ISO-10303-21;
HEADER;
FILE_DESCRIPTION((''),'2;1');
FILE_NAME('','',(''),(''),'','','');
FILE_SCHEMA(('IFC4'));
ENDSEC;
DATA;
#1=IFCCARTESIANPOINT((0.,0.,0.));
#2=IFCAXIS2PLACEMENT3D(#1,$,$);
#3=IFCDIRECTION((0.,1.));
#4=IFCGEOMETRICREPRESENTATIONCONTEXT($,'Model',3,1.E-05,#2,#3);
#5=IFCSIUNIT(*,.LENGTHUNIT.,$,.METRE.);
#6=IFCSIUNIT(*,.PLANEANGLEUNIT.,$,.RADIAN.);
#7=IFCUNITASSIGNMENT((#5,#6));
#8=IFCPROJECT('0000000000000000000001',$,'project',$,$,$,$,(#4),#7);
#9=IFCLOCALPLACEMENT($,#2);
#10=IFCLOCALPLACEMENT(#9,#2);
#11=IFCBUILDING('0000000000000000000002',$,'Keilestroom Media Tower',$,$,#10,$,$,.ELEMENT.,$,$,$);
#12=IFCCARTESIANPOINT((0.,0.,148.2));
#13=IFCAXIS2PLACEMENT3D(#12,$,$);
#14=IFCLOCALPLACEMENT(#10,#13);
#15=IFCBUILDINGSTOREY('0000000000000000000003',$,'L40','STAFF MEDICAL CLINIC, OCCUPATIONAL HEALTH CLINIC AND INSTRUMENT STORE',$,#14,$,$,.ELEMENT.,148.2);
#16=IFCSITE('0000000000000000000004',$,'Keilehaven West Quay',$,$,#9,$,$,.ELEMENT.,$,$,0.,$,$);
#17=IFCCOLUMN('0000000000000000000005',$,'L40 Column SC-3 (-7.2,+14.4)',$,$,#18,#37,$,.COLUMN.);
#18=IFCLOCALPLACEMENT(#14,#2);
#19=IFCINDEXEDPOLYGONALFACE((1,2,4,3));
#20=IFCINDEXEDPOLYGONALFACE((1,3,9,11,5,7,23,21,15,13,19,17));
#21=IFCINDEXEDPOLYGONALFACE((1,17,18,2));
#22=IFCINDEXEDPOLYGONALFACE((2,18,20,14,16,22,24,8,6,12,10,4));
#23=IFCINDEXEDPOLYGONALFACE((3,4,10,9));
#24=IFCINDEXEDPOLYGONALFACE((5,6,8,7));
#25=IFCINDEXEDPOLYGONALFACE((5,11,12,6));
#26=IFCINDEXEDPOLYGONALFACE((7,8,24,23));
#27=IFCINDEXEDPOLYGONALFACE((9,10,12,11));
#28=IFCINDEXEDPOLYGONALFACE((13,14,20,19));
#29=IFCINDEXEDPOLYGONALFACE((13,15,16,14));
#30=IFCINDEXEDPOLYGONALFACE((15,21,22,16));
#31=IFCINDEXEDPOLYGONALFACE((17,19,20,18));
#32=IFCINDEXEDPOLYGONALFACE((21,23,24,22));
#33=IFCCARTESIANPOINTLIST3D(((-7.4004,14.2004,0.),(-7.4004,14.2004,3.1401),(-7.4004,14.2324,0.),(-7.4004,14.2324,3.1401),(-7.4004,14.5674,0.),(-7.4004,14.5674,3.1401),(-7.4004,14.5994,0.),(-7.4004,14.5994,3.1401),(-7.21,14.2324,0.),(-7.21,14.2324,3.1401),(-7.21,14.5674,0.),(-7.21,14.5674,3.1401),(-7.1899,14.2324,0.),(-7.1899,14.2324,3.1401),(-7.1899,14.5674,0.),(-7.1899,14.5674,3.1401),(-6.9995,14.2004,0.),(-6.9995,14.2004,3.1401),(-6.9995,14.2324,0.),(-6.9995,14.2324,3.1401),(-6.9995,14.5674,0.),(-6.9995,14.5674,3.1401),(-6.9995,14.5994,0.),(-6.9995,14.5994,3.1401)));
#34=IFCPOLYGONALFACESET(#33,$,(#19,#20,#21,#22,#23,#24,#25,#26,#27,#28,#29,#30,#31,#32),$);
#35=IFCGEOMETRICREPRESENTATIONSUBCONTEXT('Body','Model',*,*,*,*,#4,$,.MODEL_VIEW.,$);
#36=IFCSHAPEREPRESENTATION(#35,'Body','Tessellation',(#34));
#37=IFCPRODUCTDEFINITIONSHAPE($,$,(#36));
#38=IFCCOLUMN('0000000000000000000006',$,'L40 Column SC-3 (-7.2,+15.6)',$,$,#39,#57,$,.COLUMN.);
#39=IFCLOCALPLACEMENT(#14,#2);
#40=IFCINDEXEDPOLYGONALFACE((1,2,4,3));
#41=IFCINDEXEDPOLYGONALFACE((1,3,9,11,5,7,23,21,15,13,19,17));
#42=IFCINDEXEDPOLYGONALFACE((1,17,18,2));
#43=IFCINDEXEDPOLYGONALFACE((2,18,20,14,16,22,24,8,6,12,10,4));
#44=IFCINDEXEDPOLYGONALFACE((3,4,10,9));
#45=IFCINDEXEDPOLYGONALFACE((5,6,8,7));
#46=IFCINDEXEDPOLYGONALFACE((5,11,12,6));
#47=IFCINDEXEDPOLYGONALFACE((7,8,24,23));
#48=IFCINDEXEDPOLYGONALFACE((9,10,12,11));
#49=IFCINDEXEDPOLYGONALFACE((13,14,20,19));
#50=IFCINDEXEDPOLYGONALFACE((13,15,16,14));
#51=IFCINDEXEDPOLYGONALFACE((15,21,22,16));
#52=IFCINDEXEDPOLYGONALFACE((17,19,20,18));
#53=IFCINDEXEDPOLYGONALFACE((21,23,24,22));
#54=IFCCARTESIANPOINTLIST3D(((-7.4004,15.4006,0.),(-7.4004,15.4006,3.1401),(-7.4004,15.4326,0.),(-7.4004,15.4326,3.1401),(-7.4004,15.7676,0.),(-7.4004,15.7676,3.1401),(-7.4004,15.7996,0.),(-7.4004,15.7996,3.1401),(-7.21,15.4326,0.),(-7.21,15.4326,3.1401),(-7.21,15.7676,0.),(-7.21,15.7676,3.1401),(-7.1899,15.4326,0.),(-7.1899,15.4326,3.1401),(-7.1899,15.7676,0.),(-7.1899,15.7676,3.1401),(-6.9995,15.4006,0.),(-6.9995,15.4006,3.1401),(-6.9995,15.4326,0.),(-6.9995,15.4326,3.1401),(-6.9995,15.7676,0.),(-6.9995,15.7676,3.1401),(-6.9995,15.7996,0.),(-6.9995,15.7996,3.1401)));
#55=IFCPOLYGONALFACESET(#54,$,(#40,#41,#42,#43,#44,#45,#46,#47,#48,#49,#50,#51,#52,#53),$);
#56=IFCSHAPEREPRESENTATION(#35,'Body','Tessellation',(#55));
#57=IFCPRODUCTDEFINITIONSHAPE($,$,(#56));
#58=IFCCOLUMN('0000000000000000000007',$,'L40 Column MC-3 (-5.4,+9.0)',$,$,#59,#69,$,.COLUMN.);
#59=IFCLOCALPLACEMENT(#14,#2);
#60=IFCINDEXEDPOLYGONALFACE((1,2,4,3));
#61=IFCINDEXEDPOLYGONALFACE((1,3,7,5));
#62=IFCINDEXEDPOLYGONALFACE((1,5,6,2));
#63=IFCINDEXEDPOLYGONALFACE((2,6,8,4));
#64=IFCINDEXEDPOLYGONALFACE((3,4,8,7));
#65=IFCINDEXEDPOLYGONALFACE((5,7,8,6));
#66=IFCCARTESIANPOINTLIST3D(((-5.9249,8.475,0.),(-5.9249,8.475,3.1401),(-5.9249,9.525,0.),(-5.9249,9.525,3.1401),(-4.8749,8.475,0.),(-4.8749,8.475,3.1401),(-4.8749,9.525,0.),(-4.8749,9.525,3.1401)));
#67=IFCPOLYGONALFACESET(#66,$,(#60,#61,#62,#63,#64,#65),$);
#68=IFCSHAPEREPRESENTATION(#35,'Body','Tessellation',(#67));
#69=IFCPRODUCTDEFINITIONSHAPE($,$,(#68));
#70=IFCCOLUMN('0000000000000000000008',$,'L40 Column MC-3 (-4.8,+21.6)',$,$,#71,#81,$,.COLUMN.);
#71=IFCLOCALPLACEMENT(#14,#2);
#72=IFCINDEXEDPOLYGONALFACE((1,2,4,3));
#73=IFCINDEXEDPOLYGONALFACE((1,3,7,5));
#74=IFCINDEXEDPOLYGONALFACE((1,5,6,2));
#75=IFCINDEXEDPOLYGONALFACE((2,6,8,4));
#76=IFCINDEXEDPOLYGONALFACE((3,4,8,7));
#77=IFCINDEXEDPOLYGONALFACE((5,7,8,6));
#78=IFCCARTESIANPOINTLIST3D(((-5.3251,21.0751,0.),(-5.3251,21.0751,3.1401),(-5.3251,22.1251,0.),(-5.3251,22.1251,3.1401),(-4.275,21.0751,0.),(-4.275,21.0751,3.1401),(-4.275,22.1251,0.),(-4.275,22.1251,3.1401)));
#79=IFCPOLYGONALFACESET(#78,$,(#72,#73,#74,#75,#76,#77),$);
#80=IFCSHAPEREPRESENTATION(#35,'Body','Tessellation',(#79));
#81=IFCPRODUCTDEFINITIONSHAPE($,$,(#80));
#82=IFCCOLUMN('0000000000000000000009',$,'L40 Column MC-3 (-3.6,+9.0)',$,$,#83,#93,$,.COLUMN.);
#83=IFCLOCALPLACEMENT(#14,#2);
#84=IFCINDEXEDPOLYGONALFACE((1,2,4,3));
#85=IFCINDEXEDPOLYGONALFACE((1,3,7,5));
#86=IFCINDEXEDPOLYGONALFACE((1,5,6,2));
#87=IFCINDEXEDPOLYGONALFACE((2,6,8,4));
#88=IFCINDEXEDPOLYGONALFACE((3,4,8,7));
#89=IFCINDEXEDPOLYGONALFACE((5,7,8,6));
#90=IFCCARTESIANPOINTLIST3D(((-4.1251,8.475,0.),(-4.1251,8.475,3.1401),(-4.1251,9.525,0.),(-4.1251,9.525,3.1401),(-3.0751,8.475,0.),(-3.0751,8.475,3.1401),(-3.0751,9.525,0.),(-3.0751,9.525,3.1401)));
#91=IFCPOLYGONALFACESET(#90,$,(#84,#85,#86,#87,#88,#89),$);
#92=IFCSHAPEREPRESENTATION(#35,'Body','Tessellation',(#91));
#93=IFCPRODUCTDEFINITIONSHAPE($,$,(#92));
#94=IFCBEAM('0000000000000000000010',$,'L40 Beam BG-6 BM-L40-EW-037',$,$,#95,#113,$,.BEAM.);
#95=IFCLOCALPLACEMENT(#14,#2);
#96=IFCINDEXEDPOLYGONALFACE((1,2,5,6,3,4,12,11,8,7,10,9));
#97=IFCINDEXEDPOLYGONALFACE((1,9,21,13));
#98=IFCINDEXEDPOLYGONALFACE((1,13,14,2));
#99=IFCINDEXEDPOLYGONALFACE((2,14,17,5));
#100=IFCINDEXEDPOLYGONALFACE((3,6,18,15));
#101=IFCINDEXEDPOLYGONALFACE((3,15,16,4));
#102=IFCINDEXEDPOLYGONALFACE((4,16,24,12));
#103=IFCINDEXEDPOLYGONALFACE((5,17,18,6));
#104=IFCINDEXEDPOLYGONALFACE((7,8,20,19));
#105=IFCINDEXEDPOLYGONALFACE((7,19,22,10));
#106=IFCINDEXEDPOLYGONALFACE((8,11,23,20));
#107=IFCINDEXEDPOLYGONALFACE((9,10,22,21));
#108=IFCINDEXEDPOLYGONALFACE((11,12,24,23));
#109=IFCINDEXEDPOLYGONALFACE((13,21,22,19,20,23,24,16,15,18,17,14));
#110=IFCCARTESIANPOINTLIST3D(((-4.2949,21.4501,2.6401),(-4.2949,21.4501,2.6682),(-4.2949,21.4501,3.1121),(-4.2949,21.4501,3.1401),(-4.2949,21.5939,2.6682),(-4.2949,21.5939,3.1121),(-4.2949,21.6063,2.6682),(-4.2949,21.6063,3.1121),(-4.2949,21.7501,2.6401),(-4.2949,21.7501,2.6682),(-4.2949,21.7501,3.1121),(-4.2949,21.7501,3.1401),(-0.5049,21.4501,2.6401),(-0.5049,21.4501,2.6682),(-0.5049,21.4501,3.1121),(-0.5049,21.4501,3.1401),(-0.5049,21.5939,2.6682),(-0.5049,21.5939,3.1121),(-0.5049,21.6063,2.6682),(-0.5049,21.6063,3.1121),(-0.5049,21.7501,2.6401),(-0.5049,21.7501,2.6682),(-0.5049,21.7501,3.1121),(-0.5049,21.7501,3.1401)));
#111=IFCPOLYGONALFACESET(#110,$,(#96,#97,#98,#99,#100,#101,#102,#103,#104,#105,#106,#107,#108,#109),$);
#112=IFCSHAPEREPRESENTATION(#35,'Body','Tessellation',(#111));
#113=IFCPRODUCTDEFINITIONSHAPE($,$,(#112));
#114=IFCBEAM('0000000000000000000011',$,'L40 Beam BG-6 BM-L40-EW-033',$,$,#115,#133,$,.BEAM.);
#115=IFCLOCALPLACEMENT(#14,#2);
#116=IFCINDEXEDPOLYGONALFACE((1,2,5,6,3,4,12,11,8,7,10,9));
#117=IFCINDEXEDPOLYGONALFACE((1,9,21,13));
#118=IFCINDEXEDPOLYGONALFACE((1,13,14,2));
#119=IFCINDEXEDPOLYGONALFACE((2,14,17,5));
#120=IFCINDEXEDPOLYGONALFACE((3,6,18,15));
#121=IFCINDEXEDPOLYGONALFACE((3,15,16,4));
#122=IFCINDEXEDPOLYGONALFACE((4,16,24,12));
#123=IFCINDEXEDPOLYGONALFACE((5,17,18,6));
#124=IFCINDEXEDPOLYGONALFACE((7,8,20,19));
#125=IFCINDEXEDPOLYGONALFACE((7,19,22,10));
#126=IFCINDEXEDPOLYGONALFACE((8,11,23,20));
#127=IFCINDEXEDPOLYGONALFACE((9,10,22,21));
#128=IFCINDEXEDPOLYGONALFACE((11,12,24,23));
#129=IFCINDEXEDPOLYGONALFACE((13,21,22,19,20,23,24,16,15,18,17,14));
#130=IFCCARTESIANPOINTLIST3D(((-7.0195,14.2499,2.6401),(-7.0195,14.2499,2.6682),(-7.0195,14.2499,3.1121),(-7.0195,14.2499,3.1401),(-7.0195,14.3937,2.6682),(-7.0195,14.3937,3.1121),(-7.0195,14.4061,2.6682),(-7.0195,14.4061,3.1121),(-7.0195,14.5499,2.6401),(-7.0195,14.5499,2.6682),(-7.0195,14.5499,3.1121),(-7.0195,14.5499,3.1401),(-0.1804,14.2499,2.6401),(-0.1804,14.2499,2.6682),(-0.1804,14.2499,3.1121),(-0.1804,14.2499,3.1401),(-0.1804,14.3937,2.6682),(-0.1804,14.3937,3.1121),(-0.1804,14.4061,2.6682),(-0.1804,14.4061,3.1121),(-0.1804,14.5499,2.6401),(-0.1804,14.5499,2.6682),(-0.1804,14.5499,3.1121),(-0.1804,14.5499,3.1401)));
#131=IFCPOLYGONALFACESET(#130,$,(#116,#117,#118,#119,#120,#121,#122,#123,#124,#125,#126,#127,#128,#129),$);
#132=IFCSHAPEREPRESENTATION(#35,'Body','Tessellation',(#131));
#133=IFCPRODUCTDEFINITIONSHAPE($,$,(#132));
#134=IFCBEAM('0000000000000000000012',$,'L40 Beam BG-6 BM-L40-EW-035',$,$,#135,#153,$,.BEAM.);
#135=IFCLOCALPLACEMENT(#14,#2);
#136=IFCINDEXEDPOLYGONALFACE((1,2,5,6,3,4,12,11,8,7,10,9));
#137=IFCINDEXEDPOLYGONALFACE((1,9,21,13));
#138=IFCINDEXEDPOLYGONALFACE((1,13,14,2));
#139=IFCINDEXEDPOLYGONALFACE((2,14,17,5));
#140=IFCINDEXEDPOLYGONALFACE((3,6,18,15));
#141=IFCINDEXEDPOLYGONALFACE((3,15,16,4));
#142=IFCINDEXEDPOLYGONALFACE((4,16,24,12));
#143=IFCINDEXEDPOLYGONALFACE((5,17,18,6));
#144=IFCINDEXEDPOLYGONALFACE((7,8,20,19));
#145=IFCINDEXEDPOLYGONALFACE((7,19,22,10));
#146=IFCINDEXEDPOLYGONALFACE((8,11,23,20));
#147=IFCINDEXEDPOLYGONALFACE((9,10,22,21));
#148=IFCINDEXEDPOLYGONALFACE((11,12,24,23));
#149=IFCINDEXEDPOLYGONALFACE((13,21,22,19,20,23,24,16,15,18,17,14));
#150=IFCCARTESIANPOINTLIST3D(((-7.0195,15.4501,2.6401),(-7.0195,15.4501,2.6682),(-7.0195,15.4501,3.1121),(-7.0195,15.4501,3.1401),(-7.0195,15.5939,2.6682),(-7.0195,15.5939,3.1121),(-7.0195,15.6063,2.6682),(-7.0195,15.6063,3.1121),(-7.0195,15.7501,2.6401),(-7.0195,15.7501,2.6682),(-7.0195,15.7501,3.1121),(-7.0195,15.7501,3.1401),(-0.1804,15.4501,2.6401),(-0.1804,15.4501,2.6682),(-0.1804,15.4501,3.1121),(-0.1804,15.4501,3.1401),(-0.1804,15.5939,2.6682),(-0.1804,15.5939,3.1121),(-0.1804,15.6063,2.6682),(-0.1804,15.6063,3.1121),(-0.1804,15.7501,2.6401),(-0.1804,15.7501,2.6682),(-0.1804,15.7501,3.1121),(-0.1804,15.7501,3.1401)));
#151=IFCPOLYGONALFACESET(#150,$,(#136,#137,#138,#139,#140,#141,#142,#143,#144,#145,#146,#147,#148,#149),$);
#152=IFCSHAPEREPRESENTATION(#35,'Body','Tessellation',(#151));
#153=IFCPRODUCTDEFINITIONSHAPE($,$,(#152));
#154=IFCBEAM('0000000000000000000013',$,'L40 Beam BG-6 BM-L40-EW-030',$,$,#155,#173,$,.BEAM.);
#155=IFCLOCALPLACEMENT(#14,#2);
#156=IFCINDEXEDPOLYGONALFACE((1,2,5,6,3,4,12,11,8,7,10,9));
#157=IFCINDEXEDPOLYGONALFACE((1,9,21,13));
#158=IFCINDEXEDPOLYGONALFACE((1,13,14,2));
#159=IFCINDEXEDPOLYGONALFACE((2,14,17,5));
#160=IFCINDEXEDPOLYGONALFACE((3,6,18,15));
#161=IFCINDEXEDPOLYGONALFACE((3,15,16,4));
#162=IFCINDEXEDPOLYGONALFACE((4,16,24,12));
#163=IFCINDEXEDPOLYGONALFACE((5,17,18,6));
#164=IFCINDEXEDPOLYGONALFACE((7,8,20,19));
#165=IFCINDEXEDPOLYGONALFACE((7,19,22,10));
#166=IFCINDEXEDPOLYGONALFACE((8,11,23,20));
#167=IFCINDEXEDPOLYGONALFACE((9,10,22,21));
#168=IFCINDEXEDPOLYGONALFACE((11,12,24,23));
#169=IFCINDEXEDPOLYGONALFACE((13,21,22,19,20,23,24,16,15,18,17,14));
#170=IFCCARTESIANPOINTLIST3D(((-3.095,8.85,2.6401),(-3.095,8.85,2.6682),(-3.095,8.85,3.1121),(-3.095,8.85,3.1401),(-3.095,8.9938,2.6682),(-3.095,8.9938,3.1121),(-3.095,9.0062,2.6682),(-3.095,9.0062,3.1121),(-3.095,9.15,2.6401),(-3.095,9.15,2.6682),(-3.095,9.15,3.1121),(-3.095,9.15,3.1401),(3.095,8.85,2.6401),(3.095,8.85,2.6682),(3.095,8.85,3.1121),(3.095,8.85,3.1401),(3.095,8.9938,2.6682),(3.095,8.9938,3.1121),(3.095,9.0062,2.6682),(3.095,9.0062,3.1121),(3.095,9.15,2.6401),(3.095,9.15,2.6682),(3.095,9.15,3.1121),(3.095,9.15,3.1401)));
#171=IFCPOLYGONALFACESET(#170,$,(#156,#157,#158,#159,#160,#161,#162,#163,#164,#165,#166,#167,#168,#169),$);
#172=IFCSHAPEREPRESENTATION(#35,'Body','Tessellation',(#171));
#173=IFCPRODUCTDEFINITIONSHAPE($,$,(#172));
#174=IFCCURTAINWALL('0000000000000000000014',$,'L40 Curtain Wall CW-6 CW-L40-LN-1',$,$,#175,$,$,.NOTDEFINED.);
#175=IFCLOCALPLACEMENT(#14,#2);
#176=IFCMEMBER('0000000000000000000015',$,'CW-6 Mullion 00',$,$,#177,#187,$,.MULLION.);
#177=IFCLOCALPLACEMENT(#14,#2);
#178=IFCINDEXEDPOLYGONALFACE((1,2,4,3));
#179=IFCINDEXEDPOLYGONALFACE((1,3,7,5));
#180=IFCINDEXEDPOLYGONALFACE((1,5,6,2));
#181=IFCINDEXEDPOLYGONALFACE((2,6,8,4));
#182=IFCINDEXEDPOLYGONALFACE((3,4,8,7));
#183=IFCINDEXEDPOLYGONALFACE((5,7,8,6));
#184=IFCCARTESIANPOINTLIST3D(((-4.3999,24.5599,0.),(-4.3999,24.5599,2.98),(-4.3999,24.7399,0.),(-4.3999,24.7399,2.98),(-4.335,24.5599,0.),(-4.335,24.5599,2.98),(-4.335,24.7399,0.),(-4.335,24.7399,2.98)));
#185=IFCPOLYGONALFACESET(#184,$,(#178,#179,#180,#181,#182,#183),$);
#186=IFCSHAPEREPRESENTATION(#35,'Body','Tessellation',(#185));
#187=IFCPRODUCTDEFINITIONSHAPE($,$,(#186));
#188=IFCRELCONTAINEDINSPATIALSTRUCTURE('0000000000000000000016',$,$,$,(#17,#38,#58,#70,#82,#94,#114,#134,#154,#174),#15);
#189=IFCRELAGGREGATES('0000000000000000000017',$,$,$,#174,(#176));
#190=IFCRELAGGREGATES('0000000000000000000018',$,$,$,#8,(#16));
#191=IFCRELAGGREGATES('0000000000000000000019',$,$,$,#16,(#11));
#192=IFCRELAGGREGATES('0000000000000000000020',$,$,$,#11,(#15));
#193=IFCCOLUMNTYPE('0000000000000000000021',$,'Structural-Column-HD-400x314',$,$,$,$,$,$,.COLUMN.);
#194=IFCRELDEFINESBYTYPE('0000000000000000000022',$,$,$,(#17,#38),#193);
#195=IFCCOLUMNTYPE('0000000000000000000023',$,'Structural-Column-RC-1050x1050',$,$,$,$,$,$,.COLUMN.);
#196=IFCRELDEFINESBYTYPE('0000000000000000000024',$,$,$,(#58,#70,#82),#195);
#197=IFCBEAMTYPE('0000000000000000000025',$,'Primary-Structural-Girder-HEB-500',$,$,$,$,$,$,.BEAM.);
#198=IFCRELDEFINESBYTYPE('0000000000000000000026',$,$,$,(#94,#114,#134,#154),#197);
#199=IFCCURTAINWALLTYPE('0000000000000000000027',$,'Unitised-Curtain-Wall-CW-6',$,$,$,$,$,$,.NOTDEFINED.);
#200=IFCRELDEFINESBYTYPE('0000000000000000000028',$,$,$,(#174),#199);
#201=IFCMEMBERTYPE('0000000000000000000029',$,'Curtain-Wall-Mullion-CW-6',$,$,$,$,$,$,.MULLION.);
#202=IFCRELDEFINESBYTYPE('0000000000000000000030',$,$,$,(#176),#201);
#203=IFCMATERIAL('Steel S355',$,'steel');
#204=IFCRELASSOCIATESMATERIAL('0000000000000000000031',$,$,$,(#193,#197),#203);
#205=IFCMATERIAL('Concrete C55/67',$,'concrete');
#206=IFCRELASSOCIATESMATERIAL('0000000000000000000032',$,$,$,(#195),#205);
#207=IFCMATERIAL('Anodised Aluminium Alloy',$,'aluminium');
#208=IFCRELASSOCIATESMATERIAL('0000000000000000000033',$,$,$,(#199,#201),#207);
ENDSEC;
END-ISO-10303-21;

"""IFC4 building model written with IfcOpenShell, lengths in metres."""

from ifc_helpers import new_model, si_unit, direction, frame, origin, origin_2d, place, context, subcontext, project, spatial, rectangle, i_section, extrude, source, transform, mapped, material, material_profile, profile_set, type_object, element, aggregate, save


model = new_model("IFC4")

# Units and contexts
model_context = context("Model", 3, precision=1e-05, world=origin(), true_north=direction((0.0, 1.0)))
body_context = subcontext(model_context, "Body", "Model", "MODEL_VIEW")
ifc_project = project(units=[si_unit("LENGTHUNIT", "METRE"), si_unit("PLANEANGLEUNIT", "RADIAN")], contexts=[model_context])

# Site, building, storey
site_placement = place(None, origin())
site = spatial("IfcSite", under=ifc_project, at=site_placement, Name="Keilehaven West Quay", CompositionType="ELEMENT", RefElevation=0.0)
building_placement = place(site_placement, origin())
building = spatial("IfcBuilding", under=site, at=building_placement, Name="Keilestroom Media Tower", CompositionType="ELEMENT")
storey_placement = place(building_placement, frame((0.0, 0.0, 148.2)))
storey = spatial("IfcBuildingStorey", under=building, at=storey_placement, Name="L40", Description="STAFF MEDICAL CLINIC, OCCUPATIONAL HEALTH CLINIC AND INSTRUMENT STORE", CompositionType="ELEMENT", Elevation=148.2)

# Columns
ifc_material_1 = material(Name="Steel S355", Category="steel")
ifc_material_profile_1 = material_profile(ifc_material_1, i_section(OverallWidth=0.4009, OverallDepth=0.3989, WebThickness=0.02, FlangeThickness=0.032, at=origin_2d()), Name="HD 400x314")
ifc_profile_set_1 = profile_set([ifc_material_profile_1], Name="Steel S355")
column_type_1 = type_object("IfcColumnType", Name="Structural-Column-HD-400x314", PredefinedType="COLUMN", material=ifc_profile_set_1)
shared_shape_1 = source(origin(), body_context, "Body", "SweptSolid", [
    extrude(i_section(OverallWidth=0.4009, OverallDepth=0.3989, WebThickness=0.02, FlangeThickness=0.032, at=origin_2d()), origin(), (0.0, 0.0, 1.0), 3.1401),
])
for number, where, z_axis, x_axis, name in (
    (1, (-7.2, 14.3999, 0.0), (0.0, 0.0, 1.0), (1.0, 0.0, 0.0), "L40 Column SC-3 (-7.2,+14.4)"),
    (2, (-7.2, 15.6001, 0.0), (0.0, 0.0, 1.0), (1.0, 0.0, 0.0), "L40 Column SC-3 (-7.2,+15.6)"),
):
    element("IfcColumn", number, at=place(storey_placement, frame(where, z_axis=z_axis, x_axis=x_axis)), inside=storey, type_object=column_type_1, Name=name, PredefinedType="COLUMN", context=body_context, shape_type="MappedRepresentation", body=[
        mapped(shared_shape_1, transform((0.0, 0.0, 0.0), x_axis=(1.0, 0.0, 0.0), y_axis=(0.0, 1.0, 0.0), z_axis=(0.0, 0.0, 1.0), scale=1.0)),
    ])
ifc_material_2 = material(Name="Concrete C55/67", Category="concrete")
ifc_material_profile_2 = material_profile(ifc_material_2, rectangle(XDim=1.05, YDim=1.05, at=origin_2d()), Name="RC 1050x1050")
ifc_profile_set_2 = profile_set([ifc_material_profile_2], Name="Concrete C55/67")
column_type_2 = type_object("IfcColumnType", Name="Structural-Column-RC-1050x1050", PredefinedType="COLUMN", material=ifc_profile_set_2)
shared_shape_2 = source(origin(), body_context, "Body", "SweptSolid", [
    extrude(rectangle(XDim=1.05, YDim=1.05, at=origin_2d()), origin(), (0.0, 0.0, 1.0), 3.1401),
])
for number, where, z_axis, x_axis, name in (
    (3, (-5.3999, 9.0, 0.0), (0.0, 0.0, 1.0), (1.0, 0.0, 0.0), "L40 Column MC-3 (-5.4,+9.0)"),
    (4, (-4.8, 21.6001, 0.0), (0.0, 0.0, 1.0), (1.0, 0.0, 0.0), "L40 Column MC-3 (-4.8,+21.6)"),
    (5, (-3.6001, 9.0, 0.0), (0.0, 0.0, 1.0), (1.0, 0.0, 0.0), "L40 Column MC-3 (-3.6,+9.0)"),
):
    element("IfcColumn", number, at=place(storey_placement, frame(where, z_axis=z_axis, x_axis=x_axis)), inside=storey, type_object=column_type_2, Name=name, PredefinedType="COLUMN", context=body_context, shape_type="MappedRepresentation", body=[
        mapped(shared_shape_2, transform((0.0, 0.0, 0.0), x_axis=(1.0, 0.0, 0.0), y_axis=(0.0, 1.0, 0.0), z_axis=(0.0, 0.0, 1.0), scale=1.0)),
    ])

# Beams
ifc_material_profile_3 = material_profile(ifc_material_1, i_section(OverallWidth=0.3, OverallDepth=0.5, WebThickness=0.0125, FlangeThickness=0.0281, at=origin_2d()), Name="HEB 500")
ifc_profile_set_3 = profile_set([ifc_material_profile_3], Name="Steel S355")
beam_type = type_object("IfcBeamType", Name="Primary-Structural-Girder-HEB-500", PredefinedType="BEAM", material=ifc_profile_set_3)
shared_shape_3 = source(origin(), body_context, "Body", "SweptSolid", [
    extrude(i_section(OverallWidth=0.3, OverallDepth=0.5, WebThickness=0.0125, FlangeThickness=0.0281, at=origin_2d()), origin(), (0.0, 0.0, 1.0), 3.79),
])
beam_1_placement = place(storey_placement, frame((-4.2949, 21.6001, 2.8901), z_axis=(1.0, 0.0, 0.0), x_axis=(0.0, 1.0, 0.0)))
element("IfcBeam", 6, at=beam_1_placement, inside=storey, type_object=beam_type, Name="L40 Beam BG-6 BM-L40-EW-037", PredefinedType="BEAM", context=body_context, shape_type="MappedRepresentation", body=[
    mapped(shared_shape_3, transform((0.0, 0.0, 0.0), x_axis=(1.0, 0.0, 0.0), y_axis=(0.0, 1.0, 0.0), z_axis=(0.0, 0.0, 1.0), scale=1.0)),
])
shared_shape_4 = source(origin(), body_context, "Body", "SweptSolid", [
    extrude(i_section(OverallWidth=0.3, OverallDepth=0.5, WebThickness=0.0125, FlangeThickness=0.0281, at=origin_2d()), origin(), (0.0, 0.0, 1.0), 6.8391),
])
for number, where, z_axis, x_axis, name in (
    (7, (-7.0195, 14.3999, 2.8901), (1.0, 0.0, 0.0), (0.0, 1.0, 0.0), "L40 Beam BG-6 BM-L40-EW-033"),
    (8, (-7.0195, 15.6001, 2.8901), (1.0, 0.0, 0.0), (0.0, 1.0, 0.0), "L40 Beam BG-6 BM-L40-EW-035"),
):
    element("IfcBeam", number, at=place(storey_placement, frame(where, z_axis=z_axis, x_axis=x_axis)), inside=storey, type_object=beam_type, Name=name, PredefinedType="BEAM", context=body_context, shape_type="MappedRepresentation", body=[
        mapped(shared_shape_4, transform((0.0, 0.0, 0.0), x_axis=(1.0, 0.0, 0.0), y_axis=(0.0, 1.0, 0.0), z_axis=(0.0, 0.0, 1.0), scale=1.0)),
    ])
shared_shape_5 = source(origin(), body_context, "Body", "SweptSolid", [
    extrude(i_section(OverallWidth=0.3, OverallDepth=0.5, WebThickness=0.0125, FlangeThickness=0.0281, at=origin_2d()), origin(), (0.0, 0.0, 1.0), 6.1899),
])
beam_2_placement = place(storey_placement, frame((-3.095, 9.0, 2.8901), z_axis=(1.0, 0.0, 0.0), x_axis=(0.0, 1.0, 0.0)))
element("IfcBeam", 9, at=beam_2_placement, inside=storey, type_object=beam_type, Name="L40 Beam BG-6 BM-L40-EW-030", PredefinedType="BEAM", context=body_context, shape_type="MappedRepresentation", body=[
    mapped(shared_shape_5, transform((0.0, 0.0, 0.0), x_axis=(1.0, 0.0, 0.0), y_axis=(0.0, 1.0, 0.0), z_axis=(0.0, 0.0, 1.0), scale=1.0)),
])

# Curtain wall, member
ifc_material_3 = material(Name="Anodised Aluminium Alloy", Category="aluminium")
curtain_wall_type = type_object("IfcCurtainWallType", Name="Unitised-Curtain-Wall-CW-6", PredefinedType="NOTDEFINED", material=ifc_material_3)
curtain_wall_placement = place(storey_placement, origin())
curtain_wall = element("IfcCurtainWall", 10, at=curtain_wall_placement, inside=storey, type_object=curtain_wall_type, Name="L40 Curtain Wall CW-6 CW-L40-LN-1", PredefinedType="NOTDEFINED")
ifc_material_profile_4 = material_profile(ifc_material_3, rectangle(XDim=0.0649, YDim=0.1799, at=origin_2d()), Name="ALU MULLION 65x180")
ifc_profile_set_4 = profile_set([ifc_material_profile_4], Name="Anodised Aluminium Alloy")
member_type_1 = type_object("IfcMemberType", Name="Curtain-Wall-Mullion-CW-6", PredefinedType="MULLION", material=ifc_profile_set_4)
shared_shape_6 = source(origin(), body_context, "Body", "SweptSolid", [
    extrude(rectangle(XDim=0.0649, YDim=0.1799, at=origin_2d()), origin(), (0.0, 0.0, 1.0), 2.98),
])
member_1_placement = place(storey_placement, frame((-4.3674, 24.6499, 0.0), z_axis=(0.0, 0.0, 1.0), x_axis=(1.0, 0.0, 0.0)))
member_1 = element("IfcMember", 11, at=member_1_placement, type_object=member_type_1, Name="CW-6 Mullion 00", PredefinedType="MULLION", context=body_context, shape_type="MappedRepresentation", body=[
    mapped(shared_shape_6, transform((0.0, 0.0, 0.0), x_axis=(1.0, 0.0, 0.0), y_axis=(0.0, 1.0, 0.0), z_axis=(0.0, 0.0, 1.0), scale=1.0)),
])
aggregate(curtain_wall, [member_1])

save(model, "model.ifc")
